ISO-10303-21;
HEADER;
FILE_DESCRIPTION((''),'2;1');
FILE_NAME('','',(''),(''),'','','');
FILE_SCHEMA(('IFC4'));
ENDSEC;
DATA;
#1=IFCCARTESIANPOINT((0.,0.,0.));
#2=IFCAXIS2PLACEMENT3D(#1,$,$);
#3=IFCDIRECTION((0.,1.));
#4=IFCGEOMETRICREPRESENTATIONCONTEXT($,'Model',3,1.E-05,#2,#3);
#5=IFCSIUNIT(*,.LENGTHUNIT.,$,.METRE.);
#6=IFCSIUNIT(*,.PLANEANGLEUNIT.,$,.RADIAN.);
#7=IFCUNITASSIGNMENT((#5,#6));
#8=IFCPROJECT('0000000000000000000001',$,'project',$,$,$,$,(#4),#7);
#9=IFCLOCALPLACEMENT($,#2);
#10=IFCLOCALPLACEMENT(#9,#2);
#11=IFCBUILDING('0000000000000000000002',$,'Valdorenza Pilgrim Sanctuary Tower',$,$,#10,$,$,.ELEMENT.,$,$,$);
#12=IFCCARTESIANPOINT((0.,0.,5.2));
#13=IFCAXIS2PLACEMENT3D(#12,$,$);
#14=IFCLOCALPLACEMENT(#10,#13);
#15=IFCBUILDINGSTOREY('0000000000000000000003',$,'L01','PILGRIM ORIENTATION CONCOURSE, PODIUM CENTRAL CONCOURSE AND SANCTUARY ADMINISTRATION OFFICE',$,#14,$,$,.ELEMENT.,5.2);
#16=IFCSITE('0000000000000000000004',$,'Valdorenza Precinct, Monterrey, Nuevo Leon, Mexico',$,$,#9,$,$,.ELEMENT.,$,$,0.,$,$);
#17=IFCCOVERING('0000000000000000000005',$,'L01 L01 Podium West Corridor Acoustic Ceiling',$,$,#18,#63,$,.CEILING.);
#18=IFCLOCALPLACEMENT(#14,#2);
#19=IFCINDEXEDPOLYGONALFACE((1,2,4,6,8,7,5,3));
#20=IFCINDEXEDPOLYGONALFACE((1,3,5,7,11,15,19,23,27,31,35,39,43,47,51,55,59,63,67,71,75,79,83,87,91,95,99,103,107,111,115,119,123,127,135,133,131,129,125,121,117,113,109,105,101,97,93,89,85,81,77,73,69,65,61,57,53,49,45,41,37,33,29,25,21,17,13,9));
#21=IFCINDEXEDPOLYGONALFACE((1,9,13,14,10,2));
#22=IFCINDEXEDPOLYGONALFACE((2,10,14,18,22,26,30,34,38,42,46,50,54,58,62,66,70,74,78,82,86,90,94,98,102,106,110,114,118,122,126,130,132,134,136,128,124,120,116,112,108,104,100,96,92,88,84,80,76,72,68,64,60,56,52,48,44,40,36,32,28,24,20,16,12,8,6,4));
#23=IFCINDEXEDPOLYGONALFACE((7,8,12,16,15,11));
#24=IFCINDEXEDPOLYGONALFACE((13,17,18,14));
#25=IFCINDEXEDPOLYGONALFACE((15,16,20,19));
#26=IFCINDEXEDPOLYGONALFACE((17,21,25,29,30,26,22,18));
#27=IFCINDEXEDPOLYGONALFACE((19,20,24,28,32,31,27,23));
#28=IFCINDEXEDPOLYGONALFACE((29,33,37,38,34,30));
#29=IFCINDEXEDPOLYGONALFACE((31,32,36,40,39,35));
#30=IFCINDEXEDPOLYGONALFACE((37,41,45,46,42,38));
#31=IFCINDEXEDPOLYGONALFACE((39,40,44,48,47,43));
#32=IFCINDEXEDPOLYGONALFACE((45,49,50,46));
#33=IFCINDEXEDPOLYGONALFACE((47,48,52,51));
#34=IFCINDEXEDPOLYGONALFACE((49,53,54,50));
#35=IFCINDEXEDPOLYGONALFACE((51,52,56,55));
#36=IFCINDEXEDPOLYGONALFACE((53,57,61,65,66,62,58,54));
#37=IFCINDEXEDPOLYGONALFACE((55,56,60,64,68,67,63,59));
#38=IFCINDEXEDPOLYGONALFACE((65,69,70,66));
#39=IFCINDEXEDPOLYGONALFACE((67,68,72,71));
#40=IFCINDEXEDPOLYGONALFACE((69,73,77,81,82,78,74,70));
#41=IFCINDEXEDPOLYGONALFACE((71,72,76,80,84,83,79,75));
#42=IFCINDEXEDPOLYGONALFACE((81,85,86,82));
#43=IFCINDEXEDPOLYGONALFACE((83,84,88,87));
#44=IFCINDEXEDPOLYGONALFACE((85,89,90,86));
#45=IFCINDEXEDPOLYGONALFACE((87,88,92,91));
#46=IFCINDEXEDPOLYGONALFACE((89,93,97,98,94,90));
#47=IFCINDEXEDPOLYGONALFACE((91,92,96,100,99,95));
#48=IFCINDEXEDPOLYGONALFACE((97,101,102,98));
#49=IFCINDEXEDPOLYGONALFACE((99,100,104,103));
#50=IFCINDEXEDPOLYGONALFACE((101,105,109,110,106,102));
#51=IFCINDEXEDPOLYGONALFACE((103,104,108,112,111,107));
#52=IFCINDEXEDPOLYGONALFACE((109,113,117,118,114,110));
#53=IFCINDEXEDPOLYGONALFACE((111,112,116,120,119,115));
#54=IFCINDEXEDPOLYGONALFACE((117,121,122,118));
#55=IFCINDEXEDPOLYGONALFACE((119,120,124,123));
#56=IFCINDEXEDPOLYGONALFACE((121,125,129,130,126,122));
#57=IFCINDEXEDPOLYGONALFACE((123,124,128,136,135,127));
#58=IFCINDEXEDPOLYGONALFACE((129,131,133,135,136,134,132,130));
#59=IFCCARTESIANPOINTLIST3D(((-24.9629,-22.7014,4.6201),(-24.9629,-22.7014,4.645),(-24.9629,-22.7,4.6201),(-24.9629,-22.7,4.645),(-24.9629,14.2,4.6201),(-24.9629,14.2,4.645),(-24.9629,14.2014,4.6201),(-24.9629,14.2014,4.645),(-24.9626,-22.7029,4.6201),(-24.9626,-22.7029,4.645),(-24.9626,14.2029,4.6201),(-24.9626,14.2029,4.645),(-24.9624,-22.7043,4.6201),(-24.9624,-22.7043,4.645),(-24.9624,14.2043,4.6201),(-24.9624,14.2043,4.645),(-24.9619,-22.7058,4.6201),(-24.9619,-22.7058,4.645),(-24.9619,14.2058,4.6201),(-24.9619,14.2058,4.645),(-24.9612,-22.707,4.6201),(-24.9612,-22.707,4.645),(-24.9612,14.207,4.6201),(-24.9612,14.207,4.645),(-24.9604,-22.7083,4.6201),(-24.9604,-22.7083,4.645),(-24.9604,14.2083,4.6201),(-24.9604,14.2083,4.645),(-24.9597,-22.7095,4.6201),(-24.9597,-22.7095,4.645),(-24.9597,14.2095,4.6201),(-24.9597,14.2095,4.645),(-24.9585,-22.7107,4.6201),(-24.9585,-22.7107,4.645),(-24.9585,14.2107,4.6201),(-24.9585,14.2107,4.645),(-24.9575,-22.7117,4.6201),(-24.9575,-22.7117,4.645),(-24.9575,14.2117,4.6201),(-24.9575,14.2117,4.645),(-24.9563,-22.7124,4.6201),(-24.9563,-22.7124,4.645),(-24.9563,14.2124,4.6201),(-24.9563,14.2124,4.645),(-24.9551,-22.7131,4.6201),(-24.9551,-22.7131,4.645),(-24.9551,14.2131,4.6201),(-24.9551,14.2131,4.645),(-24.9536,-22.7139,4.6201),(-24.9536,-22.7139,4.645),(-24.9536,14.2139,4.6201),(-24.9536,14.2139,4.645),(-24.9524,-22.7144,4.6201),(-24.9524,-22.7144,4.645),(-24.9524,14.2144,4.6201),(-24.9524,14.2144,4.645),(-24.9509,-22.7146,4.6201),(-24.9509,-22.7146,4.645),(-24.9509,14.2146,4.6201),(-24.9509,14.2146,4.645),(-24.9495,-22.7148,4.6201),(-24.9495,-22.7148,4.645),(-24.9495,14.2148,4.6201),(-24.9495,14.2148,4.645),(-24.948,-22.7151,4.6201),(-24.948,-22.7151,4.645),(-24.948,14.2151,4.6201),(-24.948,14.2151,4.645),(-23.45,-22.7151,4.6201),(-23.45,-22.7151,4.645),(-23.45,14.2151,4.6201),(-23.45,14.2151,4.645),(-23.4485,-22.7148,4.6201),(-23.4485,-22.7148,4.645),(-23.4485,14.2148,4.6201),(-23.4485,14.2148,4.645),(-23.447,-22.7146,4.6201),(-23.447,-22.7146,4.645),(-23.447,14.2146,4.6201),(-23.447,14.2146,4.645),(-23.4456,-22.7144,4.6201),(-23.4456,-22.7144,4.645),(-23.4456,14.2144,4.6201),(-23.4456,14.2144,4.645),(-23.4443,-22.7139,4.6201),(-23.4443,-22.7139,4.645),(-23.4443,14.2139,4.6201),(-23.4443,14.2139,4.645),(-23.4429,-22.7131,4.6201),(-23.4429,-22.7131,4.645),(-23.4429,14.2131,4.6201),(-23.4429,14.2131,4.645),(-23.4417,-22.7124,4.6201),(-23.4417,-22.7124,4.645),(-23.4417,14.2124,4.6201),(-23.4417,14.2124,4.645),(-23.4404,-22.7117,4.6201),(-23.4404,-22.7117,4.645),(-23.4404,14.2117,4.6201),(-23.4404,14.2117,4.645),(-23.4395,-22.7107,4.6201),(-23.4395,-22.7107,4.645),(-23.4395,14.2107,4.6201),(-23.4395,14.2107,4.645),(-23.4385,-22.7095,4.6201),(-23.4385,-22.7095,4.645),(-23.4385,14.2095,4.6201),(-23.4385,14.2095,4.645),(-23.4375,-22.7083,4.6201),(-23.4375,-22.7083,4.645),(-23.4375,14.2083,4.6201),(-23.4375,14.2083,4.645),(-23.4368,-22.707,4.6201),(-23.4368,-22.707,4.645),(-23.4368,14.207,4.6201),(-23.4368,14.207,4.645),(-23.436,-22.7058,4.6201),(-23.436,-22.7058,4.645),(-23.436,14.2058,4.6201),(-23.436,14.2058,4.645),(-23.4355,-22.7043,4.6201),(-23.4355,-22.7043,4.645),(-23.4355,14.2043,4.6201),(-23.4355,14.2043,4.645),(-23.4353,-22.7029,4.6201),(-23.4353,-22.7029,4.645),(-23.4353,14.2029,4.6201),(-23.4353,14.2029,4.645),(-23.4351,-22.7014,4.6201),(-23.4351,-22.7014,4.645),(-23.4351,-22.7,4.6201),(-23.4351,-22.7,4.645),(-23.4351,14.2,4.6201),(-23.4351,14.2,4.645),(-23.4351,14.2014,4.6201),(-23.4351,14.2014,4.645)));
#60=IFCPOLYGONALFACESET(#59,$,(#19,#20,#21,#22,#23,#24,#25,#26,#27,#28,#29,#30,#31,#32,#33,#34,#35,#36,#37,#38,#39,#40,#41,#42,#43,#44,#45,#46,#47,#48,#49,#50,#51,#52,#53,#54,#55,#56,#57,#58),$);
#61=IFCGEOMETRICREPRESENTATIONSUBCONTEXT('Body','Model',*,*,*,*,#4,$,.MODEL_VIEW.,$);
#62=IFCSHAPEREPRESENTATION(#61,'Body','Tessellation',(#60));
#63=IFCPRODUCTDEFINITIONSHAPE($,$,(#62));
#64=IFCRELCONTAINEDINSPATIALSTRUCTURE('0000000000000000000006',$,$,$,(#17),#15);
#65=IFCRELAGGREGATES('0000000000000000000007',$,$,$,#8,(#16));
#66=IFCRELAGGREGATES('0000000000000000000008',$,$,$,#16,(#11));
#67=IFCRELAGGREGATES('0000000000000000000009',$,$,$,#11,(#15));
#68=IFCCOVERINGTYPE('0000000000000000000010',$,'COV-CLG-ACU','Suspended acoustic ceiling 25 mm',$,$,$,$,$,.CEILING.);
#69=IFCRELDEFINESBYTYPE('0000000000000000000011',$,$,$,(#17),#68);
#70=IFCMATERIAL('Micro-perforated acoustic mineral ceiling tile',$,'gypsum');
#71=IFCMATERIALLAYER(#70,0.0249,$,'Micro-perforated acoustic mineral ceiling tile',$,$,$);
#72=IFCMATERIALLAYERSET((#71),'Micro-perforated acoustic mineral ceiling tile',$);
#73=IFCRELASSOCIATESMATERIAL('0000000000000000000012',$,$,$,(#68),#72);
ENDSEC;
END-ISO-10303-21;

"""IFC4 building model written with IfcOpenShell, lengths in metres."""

from ifc_helpers import new_model, si_unit, direction, frame, origin, place, context, subcontext, project, spatial, polyline, outline, extrude, material, layer, layer_set, type_object, element, save


model = new_model("IFC4")

# Units and contexts
model_context = context("Model", 3, precision=1e-05, world=origin(), true_north=direction((0.0, 1.0)))
body_context = subcontext(model_context, "Body", "Model", "MODEL_VIEW")
ifc_project = project(units=[si_unit("LENGTHUNIT", "METRE"), si_unit("PLANEANGLEUNIT", "RADIAN")], contexts=[model_context])

# Site, building, storey
site_placement = place(None, origin())
site = spatial("IfcSite", under=ifc_project, at=site_placement, Name="Valdorenza Precinct, Monterrey, Nuevo Leon, Mexico", CompositionType="ELEMENT", RefElevation=0.0)
building_placement = place(site_placement, origin())
building = spatial("IfcBuilding", under=site, at=building_placement, Name="Valdorenza Pilgrim Sanctuary Tower", CompositionType="ELEMENT")
storey_placement = place(building_placement, frame((0.0, 0.0, 5.2)))
storey = spatial("IfcBuildingStorey", under=building, at=storey_placement, Name="L01", Description="PILGRIM ORIENTATION CONCOURSE, PODIUM CENTRAL CONCOURSE AND SANCTUARY ADMINISTRATION OFFICE", CompositionType="ELEMENT", Elevation=5.2)

# Covering
ifc_material_1 = material(Name="Micro-perforated acoustic mineral ceiling tile", Category="gypsum")
ifc_layer_1 = layer(ifc_material_1, 0.0249, Name="Micro-perforated acoustic mineral ceiling tile")
ifc_layer_set_1 = layer_set([ifc_layer_1], Name="Micro-perforated acoustic mineral ceiling tile")
covering_type_1 = type_object("IfcCoveringType", Name="COV-CLG-ACU", Description="Suspended acoustic ceiling 25 mm", PredefinedType="CEILING", material=ifc_layer_set_1)
covering_1_placement = place(storey_placement, frame((0.0, 0.0, 4.6201)))
element("IfcCovering", 1, at=covering_1_placement, inside=storey, type_object=covering_type_1, Name="L01 L01 Podium West Corridor Acoustic Ceiling", PredefinedType="CEILING", context=body_context, shape_type="SweptSolid", body=[
    extrude(outline(polyline([(-23.45, 14.2151), (-23.4485, 14.2148), (-23.447, 14.2146), (-23.4456, 14.2144), (-23.4443, 14.2139), (-23.4429, 14.2131), (-23.4417, 14.2124), (-23.4404, 14.2117), (-23.4395, 14.2107), (-23.4385, 14.2095), (-23.4375, 14.2083), (-23.4368, 14.207), (-23.436, 14.2058), (-23.4355, 14.2043), (-23.4353, 14.2029), (-23.4351, 14.2014), (-23.4351, 14.2), (-23.4351, -22.7), (-23.4351, -22.7014), (-23.4353, -22.7029), (-23.4355, -22.7043), (-23.436, -22.7058), (-23.4368, -22.707), (-23.4375, -22.7083), (-23.4385, -22.7095), (-23.4395, -22.7107), (-23.4404, -22.7117), (-23.4417, -22.7124), (-23.4429, -22.7131), (-23.4443, -22.7139), (-23.4456, -22.7144), (-23.447, -22.7146), (-23.4485, -22.7148), (-23.45, -22.7151), (-24.948, -22.7151), (-24.9495, -22.7148), (-24.9509, -22.7146), (-24.9524, -22.7144), (-24.9536, -22.7139), (-24.9551, -22.7131), (-24.9563, -22.7124), (-24.9575, -22.7117), (-24.9585, -22.7107), (-24.9597, -22.7095), (-24.9604, -22.7083), (-24.9612, -22.707), (-24.9619, -22.7058), (-24.9624, -22.7043), (-24.9626, -22.7029), (-24.9629, -22.7014), (-24.9629, -22.7), (-24.9629, 14.2), (-24.9629, 14.2014), (-24.9626, 14.2029), (-24.9624, 14.2043), (-24.9619, 14.2058), (-24.9612, 14.207), (-24.9604, 14.2083), (-24.9597, 14.2095), (-24.9585, 14.2107), (-24.9575, 14.2117), (-24.9563, 14.2124), (-24.9551, 14.2131), (-24.9536, 14.2139), (-24.9524, 14.2144), (-24.9509, 14.2146), (-24.9495, 14.2148), (-24.948, 14.2151), (-23.45, 14.2151)])), origin(), (0.0, 0.0, 1.0), 0.0249),
])

save(model, "model.ifc")
